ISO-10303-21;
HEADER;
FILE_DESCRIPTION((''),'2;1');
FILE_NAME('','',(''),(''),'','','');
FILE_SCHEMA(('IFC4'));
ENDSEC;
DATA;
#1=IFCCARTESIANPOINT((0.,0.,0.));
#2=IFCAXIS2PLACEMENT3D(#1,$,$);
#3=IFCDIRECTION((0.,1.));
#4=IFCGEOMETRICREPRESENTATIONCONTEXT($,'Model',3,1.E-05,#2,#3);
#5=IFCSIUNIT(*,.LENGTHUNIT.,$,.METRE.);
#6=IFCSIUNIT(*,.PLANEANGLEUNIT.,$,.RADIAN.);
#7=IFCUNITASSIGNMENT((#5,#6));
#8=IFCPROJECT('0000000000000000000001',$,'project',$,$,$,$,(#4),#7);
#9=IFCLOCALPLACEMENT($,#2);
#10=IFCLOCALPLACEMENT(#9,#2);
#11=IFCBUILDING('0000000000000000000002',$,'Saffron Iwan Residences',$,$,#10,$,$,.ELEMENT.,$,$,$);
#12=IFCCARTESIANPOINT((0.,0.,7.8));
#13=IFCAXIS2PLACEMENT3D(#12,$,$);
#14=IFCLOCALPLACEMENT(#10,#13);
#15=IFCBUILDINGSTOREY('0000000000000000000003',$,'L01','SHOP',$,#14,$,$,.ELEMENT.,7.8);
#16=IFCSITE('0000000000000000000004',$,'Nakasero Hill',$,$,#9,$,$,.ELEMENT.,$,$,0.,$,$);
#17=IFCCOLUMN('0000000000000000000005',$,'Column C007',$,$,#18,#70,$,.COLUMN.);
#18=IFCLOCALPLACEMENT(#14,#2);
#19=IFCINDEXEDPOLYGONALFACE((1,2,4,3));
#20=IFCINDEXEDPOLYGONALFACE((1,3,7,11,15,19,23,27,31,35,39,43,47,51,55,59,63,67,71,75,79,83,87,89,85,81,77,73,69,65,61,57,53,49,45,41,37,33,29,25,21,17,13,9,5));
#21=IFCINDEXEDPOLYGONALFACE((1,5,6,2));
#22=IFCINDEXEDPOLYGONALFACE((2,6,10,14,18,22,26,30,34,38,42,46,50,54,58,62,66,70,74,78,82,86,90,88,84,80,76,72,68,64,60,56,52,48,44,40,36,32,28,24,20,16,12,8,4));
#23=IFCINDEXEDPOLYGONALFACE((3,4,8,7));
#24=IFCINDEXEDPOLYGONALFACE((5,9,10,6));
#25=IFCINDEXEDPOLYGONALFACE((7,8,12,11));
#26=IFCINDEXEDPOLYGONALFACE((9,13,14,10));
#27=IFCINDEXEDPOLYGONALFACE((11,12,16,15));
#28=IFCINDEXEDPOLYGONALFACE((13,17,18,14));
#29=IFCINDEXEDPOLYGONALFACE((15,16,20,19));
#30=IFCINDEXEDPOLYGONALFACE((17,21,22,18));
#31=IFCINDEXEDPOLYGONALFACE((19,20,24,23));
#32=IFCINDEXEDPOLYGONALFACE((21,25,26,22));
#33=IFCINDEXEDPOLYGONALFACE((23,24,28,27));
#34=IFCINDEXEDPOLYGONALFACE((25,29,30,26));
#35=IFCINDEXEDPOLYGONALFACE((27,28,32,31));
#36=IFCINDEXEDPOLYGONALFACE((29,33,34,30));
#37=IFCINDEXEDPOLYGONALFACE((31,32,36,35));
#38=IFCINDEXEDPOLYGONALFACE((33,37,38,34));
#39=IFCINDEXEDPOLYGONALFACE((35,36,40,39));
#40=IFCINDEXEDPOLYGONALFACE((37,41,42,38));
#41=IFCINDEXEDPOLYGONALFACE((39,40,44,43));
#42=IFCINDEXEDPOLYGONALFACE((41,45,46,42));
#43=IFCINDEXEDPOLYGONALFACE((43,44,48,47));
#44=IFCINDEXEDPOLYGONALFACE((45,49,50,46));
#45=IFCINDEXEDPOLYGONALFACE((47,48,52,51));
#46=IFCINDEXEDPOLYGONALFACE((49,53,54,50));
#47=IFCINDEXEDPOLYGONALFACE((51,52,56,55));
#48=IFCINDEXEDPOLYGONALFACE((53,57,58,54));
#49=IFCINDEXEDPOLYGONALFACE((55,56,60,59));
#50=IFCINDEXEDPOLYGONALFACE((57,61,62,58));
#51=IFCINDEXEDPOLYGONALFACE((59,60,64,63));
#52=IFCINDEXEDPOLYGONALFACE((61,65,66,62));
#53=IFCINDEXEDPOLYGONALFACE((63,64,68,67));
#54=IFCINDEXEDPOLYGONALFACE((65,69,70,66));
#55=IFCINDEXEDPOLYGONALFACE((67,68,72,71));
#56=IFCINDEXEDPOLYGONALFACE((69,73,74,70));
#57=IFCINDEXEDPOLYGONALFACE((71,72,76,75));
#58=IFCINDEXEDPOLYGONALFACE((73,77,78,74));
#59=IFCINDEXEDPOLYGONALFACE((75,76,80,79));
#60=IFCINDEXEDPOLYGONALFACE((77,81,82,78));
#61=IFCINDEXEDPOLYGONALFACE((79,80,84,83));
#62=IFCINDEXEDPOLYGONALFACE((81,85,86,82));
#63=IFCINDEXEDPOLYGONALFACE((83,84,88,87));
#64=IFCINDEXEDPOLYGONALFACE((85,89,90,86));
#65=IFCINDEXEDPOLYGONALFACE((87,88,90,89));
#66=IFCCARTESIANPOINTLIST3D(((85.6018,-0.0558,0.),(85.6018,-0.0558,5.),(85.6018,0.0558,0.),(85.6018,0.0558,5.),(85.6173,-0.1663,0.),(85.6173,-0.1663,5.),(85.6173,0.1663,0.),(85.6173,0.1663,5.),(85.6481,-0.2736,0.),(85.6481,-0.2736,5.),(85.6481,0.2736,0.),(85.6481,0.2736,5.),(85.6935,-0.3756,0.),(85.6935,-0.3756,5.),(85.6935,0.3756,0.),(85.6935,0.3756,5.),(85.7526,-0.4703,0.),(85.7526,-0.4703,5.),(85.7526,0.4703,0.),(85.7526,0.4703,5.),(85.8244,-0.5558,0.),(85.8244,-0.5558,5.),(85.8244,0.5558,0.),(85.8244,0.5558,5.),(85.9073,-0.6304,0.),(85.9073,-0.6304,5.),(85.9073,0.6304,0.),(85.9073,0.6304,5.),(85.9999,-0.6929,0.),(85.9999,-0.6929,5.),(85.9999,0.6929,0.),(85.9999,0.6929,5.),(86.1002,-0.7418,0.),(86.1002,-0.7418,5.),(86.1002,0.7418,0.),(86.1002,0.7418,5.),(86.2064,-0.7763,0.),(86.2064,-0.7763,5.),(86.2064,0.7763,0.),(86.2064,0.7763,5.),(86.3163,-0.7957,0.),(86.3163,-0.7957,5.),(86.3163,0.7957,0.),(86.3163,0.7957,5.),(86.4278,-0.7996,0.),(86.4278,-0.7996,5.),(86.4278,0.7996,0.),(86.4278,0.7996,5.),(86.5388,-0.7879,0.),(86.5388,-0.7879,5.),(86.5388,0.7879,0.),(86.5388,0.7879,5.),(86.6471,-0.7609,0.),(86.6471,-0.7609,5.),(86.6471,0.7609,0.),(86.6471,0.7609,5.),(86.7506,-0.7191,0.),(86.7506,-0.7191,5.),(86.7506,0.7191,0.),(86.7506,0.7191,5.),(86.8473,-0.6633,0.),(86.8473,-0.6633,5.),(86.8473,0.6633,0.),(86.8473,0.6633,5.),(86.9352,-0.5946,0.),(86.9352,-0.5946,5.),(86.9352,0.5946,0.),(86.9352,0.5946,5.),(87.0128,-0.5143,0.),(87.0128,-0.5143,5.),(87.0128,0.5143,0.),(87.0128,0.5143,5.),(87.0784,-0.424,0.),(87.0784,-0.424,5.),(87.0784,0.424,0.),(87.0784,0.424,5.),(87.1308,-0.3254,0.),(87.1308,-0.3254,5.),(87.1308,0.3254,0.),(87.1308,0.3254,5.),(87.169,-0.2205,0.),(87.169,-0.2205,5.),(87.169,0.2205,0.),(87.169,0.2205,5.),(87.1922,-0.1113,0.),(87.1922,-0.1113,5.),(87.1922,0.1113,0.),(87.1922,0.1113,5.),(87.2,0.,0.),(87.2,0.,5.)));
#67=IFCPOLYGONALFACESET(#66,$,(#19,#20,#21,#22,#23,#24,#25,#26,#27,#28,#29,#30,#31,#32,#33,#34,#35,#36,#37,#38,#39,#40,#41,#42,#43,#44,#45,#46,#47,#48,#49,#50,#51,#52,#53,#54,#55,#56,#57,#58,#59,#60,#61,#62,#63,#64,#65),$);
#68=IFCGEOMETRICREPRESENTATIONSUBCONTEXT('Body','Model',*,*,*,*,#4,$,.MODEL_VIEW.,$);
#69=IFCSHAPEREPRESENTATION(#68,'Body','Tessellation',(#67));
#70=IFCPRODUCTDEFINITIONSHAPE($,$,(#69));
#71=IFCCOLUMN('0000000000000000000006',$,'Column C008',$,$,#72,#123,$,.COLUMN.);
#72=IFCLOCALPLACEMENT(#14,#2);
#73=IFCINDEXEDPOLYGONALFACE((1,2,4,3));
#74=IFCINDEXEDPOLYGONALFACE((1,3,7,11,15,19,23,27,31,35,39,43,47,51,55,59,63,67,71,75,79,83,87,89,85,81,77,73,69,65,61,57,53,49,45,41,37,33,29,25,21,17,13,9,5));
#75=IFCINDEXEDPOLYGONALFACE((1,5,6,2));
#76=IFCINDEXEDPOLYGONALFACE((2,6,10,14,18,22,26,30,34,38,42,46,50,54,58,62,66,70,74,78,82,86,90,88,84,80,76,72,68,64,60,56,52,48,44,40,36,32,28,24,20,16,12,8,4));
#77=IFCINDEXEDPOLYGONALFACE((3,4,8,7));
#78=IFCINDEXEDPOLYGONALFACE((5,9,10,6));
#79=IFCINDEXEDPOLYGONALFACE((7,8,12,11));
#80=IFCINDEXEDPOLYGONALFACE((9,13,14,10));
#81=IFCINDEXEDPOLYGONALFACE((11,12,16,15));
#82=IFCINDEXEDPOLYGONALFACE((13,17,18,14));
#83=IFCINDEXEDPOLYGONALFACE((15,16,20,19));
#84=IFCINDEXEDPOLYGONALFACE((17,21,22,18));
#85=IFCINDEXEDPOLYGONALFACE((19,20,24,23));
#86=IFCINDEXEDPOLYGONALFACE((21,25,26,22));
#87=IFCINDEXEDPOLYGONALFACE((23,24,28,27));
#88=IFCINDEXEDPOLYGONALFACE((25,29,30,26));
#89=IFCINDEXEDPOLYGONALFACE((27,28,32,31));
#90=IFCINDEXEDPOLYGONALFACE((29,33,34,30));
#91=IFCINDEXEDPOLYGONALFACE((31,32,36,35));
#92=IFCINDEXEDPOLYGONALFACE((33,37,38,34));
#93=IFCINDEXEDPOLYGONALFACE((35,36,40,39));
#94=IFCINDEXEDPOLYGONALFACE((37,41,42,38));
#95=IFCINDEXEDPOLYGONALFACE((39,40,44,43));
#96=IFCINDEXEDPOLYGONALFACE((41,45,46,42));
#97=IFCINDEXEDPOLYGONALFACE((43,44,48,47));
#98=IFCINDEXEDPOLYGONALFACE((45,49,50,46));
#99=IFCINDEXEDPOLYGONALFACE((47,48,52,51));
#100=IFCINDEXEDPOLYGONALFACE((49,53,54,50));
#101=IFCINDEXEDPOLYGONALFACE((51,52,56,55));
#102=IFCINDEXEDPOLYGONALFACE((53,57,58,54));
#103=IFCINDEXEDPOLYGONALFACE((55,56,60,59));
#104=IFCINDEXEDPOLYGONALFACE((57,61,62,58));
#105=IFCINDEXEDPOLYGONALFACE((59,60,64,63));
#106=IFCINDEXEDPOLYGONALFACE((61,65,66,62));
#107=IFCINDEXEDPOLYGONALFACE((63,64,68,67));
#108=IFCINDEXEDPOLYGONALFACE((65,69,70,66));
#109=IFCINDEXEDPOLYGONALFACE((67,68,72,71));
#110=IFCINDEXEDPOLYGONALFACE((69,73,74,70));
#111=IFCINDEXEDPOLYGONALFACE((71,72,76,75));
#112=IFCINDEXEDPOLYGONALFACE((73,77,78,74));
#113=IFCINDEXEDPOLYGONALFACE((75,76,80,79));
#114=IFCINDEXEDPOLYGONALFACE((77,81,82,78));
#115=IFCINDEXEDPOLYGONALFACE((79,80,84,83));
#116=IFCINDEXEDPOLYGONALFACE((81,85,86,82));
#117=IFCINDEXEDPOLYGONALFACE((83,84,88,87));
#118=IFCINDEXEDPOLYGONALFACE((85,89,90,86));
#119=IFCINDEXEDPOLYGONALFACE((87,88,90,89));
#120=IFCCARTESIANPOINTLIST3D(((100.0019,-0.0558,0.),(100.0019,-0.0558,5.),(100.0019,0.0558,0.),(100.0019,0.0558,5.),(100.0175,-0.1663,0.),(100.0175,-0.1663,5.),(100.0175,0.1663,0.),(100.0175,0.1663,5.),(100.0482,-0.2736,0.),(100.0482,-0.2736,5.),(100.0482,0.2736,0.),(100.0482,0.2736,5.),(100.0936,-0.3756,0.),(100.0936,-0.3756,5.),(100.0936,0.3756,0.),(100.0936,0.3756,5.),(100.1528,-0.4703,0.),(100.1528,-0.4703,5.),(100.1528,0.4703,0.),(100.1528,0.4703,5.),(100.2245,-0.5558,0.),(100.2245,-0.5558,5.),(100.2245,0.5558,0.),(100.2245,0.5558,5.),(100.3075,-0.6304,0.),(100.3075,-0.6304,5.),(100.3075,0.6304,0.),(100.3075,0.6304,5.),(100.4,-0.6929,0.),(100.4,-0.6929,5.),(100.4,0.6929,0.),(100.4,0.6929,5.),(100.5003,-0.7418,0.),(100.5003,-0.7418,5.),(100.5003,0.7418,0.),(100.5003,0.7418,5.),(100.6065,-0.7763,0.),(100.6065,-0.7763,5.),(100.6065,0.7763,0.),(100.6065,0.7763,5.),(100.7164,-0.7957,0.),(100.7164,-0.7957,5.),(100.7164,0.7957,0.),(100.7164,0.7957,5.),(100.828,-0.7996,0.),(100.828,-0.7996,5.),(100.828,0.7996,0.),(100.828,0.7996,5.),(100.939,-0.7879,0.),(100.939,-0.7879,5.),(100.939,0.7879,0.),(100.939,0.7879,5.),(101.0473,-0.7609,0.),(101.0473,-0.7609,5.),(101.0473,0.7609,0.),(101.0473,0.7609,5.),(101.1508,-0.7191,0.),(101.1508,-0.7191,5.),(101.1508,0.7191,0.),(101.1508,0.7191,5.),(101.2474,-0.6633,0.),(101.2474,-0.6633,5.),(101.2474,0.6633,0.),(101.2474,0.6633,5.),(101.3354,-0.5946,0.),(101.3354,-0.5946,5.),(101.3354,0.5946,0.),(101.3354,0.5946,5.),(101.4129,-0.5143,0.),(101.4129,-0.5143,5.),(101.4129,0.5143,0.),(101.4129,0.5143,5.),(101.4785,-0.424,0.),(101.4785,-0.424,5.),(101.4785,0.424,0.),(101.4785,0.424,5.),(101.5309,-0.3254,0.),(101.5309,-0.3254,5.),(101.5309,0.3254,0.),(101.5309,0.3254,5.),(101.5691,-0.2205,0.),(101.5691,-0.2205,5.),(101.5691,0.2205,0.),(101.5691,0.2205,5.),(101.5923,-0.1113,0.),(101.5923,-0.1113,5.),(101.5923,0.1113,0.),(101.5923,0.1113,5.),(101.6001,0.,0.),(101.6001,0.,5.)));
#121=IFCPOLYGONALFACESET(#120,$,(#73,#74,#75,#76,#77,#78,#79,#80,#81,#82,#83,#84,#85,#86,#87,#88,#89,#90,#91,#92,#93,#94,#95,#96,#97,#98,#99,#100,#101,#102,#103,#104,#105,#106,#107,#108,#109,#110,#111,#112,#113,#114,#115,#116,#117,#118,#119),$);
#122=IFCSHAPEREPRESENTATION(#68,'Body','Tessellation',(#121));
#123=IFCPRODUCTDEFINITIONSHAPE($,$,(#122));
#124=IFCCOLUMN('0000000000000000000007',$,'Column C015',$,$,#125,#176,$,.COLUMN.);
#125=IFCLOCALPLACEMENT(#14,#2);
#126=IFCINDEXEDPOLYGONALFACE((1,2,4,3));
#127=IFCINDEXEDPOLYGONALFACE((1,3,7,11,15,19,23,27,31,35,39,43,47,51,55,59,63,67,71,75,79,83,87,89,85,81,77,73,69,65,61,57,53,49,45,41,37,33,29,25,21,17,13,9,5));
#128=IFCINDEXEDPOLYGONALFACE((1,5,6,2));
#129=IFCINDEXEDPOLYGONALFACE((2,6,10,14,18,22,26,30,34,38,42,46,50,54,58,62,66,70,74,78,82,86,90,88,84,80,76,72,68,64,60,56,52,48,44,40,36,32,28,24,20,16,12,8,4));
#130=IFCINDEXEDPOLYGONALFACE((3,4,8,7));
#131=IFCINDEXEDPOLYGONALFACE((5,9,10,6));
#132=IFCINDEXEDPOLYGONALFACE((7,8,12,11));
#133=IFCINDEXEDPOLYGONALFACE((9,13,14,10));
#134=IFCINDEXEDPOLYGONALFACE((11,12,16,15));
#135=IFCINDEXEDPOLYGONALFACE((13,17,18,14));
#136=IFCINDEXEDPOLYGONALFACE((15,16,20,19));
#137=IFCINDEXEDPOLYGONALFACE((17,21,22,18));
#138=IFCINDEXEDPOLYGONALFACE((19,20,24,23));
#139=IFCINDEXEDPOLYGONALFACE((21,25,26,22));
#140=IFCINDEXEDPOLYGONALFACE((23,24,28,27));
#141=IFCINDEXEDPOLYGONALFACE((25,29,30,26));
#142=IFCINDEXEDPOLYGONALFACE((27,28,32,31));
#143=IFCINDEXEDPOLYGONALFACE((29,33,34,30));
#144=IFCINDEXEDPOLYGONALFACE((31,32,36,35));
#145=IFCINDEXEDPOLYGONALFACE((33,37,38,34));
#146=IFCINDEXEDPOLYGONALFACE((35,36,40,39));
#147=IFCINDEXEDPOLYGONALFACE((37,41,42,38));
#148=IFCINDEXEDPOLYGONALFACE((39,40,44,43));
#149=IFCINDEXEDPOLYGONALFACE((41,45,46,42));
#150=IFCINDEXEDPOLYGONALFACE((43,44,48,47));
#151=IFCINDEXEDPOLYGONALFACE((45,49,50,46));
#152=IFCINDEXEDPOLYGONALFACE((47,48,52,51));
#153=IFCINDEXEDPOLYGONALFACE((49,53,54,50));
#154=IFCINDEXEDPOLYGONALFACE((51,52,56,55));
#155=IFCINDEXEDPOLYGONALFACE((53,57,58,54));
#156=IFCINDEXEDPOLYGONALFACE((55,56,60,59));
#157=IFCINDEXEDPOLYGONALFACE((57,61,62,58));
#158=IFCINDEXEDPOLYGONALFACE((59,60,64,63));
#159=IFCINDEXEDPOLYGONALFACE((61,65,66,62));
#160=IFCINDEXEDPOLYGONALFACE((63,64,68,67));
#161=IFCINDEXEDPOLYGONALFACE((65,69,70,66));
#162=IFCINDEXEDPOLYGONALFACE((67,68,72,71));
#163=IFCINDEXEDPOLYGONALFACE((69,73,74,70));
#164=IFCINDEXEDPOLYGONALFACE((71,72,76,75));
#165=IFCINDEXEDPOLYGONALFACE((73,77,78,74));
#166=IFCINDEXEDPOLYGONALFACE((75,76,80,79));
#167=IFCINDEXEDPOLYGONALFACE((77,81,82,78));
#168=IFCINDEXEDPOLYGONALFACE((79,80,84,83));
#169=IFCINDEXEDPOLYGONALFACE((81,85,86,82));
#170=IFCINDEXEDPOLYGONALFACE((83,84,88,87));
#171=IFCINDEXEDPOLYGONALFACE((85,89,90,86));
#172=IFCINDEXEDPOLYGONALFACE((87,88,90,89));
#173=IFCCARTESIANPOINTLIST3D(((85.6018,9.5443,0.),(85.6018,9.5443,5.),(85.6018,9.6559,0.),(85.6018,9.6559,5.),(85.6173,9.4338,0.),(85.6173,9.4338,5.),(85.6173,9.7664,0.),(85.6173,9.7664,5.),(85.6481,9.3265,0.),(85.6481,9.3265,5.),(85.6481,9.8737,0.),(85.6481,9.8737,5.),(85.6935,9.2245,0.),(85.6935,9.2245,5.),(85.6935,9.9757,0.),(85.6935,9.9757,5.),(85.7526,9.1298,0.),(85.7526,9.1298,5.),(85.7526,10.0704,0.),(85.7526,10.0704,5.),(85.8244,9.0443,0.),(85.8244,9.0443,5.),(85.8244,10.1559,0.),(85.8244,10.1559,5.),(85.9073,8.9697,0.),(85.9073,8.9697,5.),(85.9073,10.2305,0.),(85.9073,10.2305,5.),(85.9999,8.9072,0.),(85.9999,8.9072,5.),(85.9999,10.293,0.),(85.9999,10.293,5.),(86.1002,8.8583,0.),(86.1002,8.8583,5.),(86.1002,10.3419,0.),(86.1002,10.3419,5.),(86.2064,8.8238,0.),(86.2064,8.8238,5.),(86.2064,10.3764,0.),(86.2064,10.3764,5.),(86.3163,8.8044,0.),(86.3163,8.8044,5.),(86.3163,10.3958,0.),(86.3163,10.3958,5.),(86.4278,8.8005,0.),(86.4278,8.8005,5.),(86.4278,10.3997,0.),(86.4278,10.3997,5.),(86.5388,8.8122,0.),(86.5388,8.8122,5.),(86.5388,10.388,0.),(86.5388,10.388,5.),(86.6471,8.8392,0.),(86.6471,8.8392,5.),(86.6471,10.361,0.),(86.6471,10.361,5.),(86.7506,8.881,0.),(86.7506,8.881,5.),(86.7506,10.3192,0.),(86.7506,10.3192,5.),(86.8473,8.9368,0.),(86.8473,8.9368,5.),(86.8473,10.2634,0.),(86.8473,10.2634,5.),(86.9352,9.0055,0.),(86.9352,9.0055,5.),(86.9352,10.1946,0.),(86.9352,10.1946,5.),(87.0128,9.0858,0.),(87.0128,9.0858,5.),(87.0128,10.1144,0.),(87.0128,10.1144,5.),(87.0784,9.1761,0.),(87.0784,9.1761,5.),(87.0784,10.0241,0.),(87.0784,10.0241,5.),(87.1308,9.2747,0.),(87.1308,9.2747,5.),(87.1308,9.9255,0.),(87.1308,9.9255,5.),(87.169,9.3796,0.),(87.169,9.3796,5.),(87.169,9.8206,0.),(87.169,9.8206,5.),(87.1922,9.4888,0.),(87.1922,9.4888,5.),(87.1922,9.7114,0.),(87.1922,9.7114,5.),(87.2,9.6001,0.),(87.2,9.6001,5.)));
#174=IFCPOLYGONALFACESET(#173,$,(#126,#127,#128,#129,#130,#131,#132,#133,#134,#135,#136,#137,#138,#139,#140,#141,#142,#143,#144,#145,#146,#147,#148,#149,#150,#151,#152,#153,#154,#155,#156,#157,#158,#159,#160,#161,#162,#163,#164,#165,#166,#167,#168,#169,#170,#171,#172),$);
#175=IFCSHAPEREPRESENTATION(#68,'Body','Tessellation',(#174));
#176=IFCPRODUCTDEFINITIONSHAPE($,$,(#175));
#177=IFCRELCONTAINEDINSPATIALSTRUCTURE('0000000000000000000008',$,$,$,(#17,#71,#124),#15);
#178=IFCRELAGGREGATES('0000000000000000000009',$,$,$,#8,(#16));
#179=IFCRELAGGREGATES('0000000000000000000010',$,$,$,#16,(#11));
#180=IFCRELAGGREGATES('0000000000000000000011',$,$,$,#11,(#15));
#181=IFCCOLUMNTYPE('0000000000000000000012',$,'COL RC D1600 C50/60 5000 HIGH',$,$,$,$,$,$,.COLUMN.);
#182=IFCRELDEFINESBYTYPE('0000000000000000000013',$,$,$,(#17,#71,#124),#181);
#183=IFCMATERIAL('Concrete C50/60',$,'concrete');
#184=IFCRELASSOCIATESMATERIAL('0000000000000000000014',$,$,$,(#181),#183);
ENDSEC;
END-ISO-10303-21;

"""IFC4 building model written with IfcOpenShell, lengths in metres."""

from ifc_helpers import new_model, si_unit, direction, frame, origin, origin_2d, place, context, subcontext, project, spatial, circle, extrude, source, transform, mapped, material, material_profile, profile_set, type_object, element, save


model = new_model("IFC4")

# Units and contexts
model_context = context("Model", 3, precision=1e-05, world=origin(), true_north=direction((0.0, 1.0)))
body_context = subcontext(model_context, "Body", "Model", "MODEL_VIEW")
ifc_project = project(units=[si_unit("LENGTHUNIT", "METRE"), si_unit("PLANEANGLEUNIT", "RADIAN")], contexts=[model_context])

# Site, building, storey
site_placement = place(None, origin())
site = spatial("IfcSite", under=ifc_project, at=site_placement, Name="Nakasero Hill", CompositionType="ELEMENT", RefElevation=0.0)
building_placement = place(site_placement, origin())
building = spatial("IfcBuilding", under=site, at=building_placement, Name="Saffron Iwan Residences", CompositionType="ELEMENT")
storey_placement = place(building_placement, frame((0.0, 0.0, 7.8)))
storey = spatial("IfcBuildingStorey", under=building, at=storey_placement, Name="L01", Description="SHOP", CompositionType="ELEMENT", Elevation=7.8)

# Columns
ifc_material_1 = material(Name="Concrete C50/60", Category="concrete")
ifc_material_profile_1 = material_profile(ifc_material_1, circle(Radius=0.8, at=origin_2d()), Name="RC D1600")
ifc_profile_set_1 = profile_set([ifc_material_profile_1], Name="Concrete C50/60")
column_type = type_object("IfcColumnType", Name="COL RC D1600 C50/60 5000 HIGH", PredefinedType="COLUMN", material=ifc_profile_set_1)
shared_shape_1 = source(origin(), body_context, "Body", "SweptSolid", [
    extrude(circle(Radius=0.8, at=origin_2d()), origin(), (0.0, 0.0, 1.0), 5.0),
])
for number, where, z_axis, x_axis, name in (
    (1, (86.3999, 0.0, 0.0), (0.0, 0.0, 1.0), (1.0, 0.0, 0.0), "Column C007"),
    (2, (100.8, 0.0, 0.0), (0.0, 0.0, 1.0), (1.0, 0.0, 0.0), "Column C008"),
    (3, (86.3999, 9.6001, 0.0), (0.0, 0.0, 1.0), (1.0, 0.0, 0.0), "Column C015"),
):
    element("IfcColumn", number, at=place(storey_placement, frame(where, z_axis=z_axis, x_axis=x_axis)), inside=storey, type_object=column_type, Name=name, PredefinedType="COLUMN", context=body_context, shape_type="MappedRepresentation", body=[
        mapped(shared_shape_1, transform((0.0, 0.0, 0.0))),
    ])

save(model, "model.ifc")
